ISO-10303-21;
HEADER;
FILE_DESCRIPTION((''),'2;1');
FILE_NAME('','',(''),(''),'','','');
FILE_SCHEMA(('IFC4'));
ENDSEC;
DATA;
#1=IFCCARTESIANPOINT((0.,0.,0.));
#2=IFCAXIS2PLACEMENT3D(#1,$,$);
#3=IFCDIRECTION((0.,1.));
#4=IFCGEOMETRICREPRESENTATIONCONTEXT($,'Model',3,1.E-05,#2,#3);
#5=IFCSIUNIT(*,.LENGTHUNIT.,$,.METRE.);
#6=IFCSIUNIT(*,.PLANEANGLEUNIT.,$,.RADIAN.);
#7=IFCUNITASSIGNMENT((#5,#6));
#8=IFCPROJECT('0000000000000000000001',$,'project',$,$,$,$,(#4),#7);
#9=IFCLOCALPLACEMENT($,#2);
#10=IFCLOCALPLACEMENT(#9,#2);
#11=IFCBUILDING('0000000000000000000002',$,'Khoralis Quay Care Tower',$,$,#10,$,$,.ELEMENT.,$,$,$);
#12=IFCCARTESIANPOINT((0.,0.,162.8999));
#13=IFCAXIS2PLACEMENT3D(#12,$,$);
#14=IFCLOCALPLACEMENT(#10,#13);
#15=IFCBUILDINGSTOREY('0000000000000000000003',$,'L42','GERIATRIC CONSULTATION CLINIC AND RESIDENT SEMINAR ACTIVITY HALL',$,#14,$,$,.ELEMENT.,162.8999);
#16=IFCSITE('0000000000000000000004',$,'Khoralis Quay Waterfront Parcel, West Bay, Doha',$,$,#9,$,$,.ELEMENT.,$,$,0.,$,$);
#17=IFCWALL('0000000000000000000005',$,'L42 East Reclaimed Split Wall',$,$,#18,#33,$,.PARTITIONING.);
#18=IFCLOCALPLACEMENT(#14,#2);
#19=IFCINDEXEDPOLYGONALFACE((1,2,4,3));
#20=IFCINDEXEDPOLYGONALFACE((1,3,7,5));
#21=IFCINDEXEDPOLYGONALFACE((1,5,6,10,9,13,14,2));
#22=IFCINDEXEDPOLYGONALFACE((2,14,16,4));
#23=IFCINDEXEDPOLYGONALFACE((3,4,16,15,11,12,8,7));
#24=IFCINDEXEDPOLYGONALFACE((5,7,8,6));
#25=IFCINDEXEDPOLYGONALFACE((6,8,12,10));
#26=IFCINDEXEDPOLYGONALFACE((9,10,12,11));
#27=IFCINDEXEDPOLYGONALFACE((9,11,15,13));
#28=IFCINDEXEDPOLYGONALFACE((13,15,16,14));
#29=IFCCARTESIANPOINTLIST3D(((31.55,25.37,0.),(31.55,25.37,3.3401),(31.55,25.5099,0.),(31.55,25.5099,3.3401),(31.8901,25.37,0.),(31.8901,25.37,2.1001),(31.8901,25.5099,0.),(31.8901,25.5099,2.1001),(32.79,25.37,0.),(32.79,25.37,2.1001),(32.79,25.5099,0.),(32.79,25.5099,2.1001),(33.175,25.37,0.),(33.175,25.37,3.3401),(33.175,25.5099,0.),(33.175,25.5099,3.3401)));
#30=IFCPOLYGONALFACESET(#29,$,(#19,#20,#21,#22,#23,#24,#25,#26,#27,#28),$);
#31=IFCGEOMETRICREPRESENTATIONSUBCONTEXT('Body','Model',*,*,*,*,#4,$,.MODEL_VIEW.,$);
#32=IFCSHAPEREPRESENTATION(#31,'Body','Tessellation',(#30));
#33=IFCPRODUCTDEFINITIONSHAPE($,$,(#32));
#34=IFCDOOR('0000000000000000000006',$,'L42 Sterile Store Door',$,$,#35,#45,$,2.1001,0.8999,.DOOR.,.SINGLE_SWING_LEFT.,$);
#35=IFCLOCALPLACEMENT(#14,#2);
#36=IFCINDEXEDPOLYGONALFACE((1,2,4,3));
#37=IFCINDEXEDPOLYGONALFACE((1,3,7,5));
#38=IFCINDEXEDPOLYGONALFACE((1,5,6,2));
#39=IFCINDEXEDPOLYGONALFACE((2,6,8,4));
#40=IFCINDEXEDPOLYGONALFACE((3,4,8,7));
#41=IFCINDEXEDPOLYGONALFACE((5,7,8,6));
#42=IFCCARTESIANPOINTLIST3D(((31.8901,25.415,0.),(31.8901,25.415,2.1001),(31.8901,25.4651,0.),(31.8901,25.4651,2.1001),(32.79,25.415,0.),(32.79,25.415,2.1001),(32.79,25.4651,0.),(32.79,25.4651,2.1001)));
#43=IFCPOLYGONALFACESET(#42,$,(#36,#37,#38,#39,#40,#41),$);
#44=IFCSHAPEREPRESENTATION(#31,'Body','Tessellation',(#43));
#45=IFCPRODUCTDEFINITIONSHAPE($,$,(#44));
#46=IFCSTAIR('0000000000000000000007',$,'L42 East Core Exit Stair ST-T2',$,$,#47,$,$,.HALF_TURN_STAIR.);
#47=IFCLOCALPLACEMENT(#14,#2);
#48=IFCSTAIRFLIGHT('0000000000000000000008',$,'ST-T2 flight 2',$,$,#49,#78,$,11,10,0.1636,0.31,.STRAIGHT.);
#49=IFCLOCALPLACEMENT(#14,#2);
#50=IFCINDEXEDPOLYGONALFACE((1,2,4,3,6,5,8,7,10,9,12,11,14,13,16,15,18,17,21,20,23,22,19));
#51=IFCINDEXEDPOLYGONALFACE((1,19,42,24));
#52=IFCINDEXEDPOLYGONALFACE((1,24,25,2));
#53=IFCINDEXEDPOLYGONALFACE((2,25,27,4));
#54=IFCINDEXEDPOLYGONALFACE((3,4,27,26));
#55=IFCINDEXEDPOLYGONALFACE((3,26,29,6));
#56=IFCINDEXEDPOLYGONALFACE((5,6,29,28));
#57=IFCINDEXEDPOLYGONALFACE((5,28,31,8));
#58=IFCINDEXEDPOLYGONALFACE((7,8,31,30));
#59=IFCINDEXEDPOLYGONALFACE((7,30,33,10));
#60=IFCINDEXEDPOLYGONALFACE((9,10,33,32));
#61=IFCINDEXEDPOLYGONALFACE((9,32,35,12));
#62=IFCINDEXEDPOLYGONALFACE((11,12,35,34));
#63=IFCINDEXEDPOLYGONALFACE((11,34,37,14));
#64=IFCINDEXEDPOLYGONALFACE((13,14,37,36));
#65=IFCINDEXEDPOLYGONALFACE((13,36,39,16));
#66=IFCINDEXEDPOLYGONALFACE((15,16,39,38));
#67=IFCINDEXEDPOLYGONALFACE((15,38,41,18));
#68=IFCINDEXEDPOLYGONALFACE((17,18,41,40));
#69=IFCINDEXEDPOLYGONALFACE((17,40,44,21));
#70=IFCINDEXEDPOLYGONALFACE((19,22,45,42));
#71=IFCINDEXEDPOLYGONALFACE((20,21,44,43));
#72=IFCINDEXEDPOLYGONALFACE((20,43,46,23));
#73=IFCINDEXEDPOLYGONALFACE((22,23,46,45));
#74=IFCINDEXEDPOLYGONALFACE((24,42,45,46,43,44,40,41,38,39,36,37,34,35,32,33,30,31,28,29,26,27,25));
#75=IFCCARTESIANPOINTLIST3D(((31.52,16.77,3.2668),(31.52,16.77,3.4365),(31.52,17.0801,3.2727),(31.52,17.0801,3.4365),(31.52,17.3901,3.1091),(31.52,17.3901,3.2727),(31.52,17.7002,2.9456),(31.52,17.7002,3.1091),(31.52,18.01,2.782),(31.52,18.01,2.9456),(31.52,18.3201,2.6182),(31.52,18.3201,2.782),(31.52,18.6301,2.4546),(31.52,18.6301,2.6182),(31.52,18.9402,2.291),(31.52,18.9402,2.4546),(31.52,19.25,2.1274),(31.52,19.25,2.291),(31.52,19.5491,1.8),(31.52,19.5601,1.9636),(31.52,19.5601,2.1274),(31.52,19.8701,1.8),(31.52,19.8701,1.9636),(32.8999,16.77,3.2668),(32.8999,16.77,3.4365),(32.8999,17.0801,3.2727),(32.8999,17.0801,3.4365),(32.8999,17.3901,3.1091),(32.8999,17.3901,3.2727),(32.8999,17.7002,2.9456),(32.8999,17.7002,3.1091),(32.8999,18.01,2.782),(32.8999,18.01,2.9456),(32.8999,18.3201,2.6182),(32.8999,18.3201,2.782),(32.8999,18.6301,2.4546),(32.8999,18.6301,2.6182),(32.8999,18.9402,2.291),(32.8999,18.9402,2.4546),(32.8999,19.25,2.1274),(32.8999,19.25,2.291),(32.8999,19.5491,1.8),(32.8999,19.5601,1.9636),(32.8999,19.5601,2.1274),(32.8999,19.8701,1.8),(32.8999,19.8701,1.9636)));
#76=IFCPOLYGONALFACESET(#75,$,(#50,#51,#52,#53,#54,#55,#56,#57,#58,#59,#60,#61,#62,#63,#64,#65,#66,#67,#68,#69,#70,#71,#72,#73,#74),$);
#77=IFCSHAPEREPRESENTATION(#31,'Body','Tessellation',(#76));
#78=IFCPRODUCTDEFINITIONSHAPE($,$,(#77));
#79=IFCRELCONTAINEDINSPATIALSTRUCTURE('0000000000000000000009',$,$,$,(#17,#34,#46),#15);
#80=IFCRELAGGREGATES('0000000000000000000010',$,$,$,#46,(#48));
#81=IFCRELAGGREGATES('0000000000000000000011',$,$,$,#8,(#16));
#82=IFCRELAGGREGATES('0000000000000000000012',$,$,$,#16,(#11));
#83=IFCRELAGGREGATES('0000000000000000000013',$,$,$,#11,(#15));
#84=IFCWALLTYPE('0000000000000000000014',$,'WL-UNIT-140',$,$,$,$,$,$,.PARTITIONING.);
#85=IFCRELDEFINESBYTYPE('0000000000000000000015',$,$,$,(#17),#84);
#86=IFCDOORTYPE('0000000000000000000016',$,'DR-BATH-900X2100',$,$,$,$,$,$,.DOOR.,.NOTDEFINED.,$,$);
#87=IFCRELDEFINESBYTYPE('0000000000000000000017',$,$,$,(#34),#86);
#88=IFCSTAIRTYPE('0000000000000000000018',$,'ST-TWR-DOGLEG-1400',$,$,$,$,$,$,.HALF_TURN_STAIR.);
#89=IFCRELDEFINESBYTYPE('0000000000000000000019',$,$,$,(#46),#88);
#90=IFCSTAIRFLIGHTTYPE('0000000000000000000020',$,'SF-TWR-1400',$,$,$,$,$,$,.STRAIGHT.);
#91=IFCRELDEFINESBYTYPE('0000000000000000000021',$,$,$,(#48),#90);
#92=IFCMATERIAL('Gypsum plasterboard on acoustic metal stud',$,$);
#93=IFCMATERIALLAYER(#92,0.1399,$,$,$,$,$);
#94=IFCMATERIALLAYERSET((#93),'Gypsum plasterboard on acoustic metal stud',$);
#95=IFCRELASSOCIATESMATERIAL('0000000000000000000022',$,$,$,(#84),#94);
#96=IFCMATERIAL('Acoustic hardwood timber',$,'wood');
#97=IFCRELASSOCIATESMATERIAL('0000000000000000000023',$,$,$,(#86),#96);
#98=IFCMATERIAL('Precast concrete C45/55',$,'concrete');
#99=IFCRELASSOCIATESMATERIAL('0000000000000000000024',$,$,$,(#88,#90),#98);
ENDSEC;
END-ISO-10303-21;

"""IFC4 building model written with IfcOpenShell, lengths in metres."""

from ifc_helpers import new_model, si_unit, direction, frame, frame_2d, origin, place, context, subcontext, project, spatial, polyline, rectangle, outline, extrude, source, transform, mapped, material, layer, layer_set, type_object, element, fill, aggregate, save


model = new_model("IFC4")

# Units and contexts
model_context = context("Model", 3, precision=1e-05, world=origin(), true_north=direction((0.0, 1.0)))
body_context = subcontext(model_context, "Body", "Model", "MODEL_VIEW")
ifc_project = project(units=[si_unit("LENGTHUNIT", "METRE"), si_unit("PLANEANGLEUNIT", "RADIAN")], contexts=[model_context])

# Site, building, storey
site_placement = place(None, origin())
site = spatial("IfcSite", under=ifc_project, at=site_placement, Name="Khoralis Quay Waterfront Parcel, West Bay, Doha", CompositionType="ELEMENT", RefElevation=0.0)
building_placement = place(site_placement, origin())
building = spatial("IfcBuilding", under=site, at=building_placement, Name="Khoralis Quay Care Tower", CompositionType="ELEMENT")
storey_placement = place(building_placement, frame((0.0, 0.0, 162.8999)))
storey = spatial("IfcBuildingStorey", under=building, at=storey_placement, Name="L42", Description="GERIATRIC CONSULTATION CLINIC AND RESIDENT SEMINAR ACTIVITY HALL", CompositionType="ELEMENT", Elevation=162.8999)

# Shared definitions
ifc_material_1 = material(Name="Acoustic hardwood timber", Category="wood")

# Shared definitions
ifc_material_2 = material(Name="Gypsum plasterboard on acoustic metal stud")

# Wall, opening, door
ifc_layer_1 = layer(ifc_material_2, 0.1399)
ifc_layer_set_1 = layer_set([ifc_layer_1], Name="Gypsum plasterboard on acoustic metal stud")
wall_type_1 = type_object("IfcWallType", Name="WL-UNIT-140", PredefinedType="PARTITIONING", material=ifc_layer_set_1)
wall_1_placement = place(storey_placement, frame((31.55, 25.4399, 0.0), z_axis=(0.0, 0.0, 1.0), x_axis=(1.0, 0.0, 0.0)))
wall_1 = element("IfcWall", 1, at=wall_1_placement, inside=storey, type_object=wall_type_1, Name="L42 East Reclaimed Split Wall", PredefinedType="PARTITIONING", context=body_context, shape_type="SweptSolid", body=[
    extrude(rectangle(XDim=1.625, YDim=0.1399, at=frame_2d((0.8125, 0.0))), origin(), (0.0, 0.0, 1.0), 3.3401),
])
opening_1_placement = place(wall_1_placement, frame((0.3401, 0.0, 0.0)))
opening_1 = element("IfcOpeningElement", 2, at=opening_1_placement, cuts=wall_1, PredefinedType="OPENING", context=body_context, shape_type="SweptSolid", body=[
    extrude(rectangle(XDim=0.8999, YDim=2.1001, at=frame_2d((0.45, 1.05))), frame((0.0, 0.0801, 0.0), z_axis=(0.0, -1.0, 0.0), x_axis=(1.0, 0.0, 0.0)), (0.0, 0.0, 1.0), 0.1599),
])
door_type_1 = type_object("IfcDoorType", Name="DR-BATH-900X2100", OperationType="NOTDEFINED", PredefinedType="DOOR", material=ifc_material_1)
shared_shape_1 = source(origin(), body_context, "Body", "SweptSolid", [
    extrude(rectangle(XDim=0.8999, YDim=2.1001, at=frame_2d((0.45, 1.05))), frame((0.0, 0.0249, 0.0), z_axis=(0.0, -1.0, 0.0), x_axis=(1.0, 0.0, 0.0)), (0.0, 0.0, 1.0), 0.05),
])
door_1_placement = place(opening_1_placement, frame((0.8999, 0.0, 0.0), z_axis=(0.0, 0.0, 1.0), x_axis=(-1.0, 0.0, 0.0)))
door_1 = element("IfcDoor", 3, at=door_1_placement, inside=storey, type_object=door_type_1, Name="L42 Sterile Store Door", OperationType="SINGLE_SWING_LEFT", OverallHeight=2.1001, OverallWidth=0.8999, PredefinedType="DOOR", context=body_context, shape_type="MappedRepresentation", body=[
    mapped(shared_shape_1, transform((0.0, 0.0, 0.0), scale=1.0)),
])
fill(opening_1, door_1)

# Stair, stair flight
ifc_material_3 = material(Name="Precast concrete C45/55", Category="concrete")
stair_type = type_object("IfcStairType", Name="ST-TWR-DOGLEG-1400", PredefinedType="HALF_TURN_STAIR", material=ifc_material_3)
stair_placement = place(storey_placement, origin())
stair = element("IfcStair", 4, at=stair_placement, inside=storey, type_object=stair_type, Name="L42 East Core Exit Stair ST-T2", PredefinedType="HALF_TURN_STAIR")
stair_flight_type = type_object("IfcStairFlightType", Name="SF-TWR-1400", PredefinedType="STRAIGHT", material=ifc_material_3)
shared_shape_2 = source(origin(), body_context, "Body", "SweptSolid", [
    extrude(outline(polyline([(0.0, 0.0), (0.0, 0.1636), (0.3101, 0.1636), (0.3101, 0.3274), (0.6201, 0.3274), (0.6201, 0.491), (0.9299, 0.491), (0.9299, 0.6545), (1.24, 0.6545), (1.24, 0.8181), (1.55, 0.8181), (1.55, 0.9819), (1.8601, 0.9819), (1.8601, 1.1455), (2.1699, 1.1455), (2.1699, 1.3091), (2.48, 1.3091), (2.48, 1.4727), (2.79, 1.4727), (2.79, 1.6365), (3.1001, 1.6365), (3.1001, 1.8), (3.1001, 1.4668), (0.321, 0.0), (0.0, 0.0)])), frame((0.0, 0.6899, 0.0), z_axis=(0.0, -1.0, 0.0), x_axis=(1.0, 0.0, 0.0)), (0.0, 0.0, 1.0), 1.3799),
])
stair_flight_placement = place(storey_placement, frame((32.21, 19.8701, 1.8), z_axis=(0.0, 0.0, 1.0), x_axis=(0.0, -1.0, 0.0)))
stair_flight = element("IfcStairFlight", 5, at=stair_flight_placement, type_object=stair_flight_type, Name="ST-T2 flight 2", NumberOfRisers=11, NumberOfTreads=10, PredefinedType="STRAIGHT", RiserHeight=0.1636, TreadLength=0.31, context=body_context, shape_type="MappedRepresentation", body=[
    mapped(shared_shape_2, transform((0.0, 0.0, 0.0), scale=1.0)),
])
aggregate(stair, [stair_flight])

save(model, "model.ifc")
